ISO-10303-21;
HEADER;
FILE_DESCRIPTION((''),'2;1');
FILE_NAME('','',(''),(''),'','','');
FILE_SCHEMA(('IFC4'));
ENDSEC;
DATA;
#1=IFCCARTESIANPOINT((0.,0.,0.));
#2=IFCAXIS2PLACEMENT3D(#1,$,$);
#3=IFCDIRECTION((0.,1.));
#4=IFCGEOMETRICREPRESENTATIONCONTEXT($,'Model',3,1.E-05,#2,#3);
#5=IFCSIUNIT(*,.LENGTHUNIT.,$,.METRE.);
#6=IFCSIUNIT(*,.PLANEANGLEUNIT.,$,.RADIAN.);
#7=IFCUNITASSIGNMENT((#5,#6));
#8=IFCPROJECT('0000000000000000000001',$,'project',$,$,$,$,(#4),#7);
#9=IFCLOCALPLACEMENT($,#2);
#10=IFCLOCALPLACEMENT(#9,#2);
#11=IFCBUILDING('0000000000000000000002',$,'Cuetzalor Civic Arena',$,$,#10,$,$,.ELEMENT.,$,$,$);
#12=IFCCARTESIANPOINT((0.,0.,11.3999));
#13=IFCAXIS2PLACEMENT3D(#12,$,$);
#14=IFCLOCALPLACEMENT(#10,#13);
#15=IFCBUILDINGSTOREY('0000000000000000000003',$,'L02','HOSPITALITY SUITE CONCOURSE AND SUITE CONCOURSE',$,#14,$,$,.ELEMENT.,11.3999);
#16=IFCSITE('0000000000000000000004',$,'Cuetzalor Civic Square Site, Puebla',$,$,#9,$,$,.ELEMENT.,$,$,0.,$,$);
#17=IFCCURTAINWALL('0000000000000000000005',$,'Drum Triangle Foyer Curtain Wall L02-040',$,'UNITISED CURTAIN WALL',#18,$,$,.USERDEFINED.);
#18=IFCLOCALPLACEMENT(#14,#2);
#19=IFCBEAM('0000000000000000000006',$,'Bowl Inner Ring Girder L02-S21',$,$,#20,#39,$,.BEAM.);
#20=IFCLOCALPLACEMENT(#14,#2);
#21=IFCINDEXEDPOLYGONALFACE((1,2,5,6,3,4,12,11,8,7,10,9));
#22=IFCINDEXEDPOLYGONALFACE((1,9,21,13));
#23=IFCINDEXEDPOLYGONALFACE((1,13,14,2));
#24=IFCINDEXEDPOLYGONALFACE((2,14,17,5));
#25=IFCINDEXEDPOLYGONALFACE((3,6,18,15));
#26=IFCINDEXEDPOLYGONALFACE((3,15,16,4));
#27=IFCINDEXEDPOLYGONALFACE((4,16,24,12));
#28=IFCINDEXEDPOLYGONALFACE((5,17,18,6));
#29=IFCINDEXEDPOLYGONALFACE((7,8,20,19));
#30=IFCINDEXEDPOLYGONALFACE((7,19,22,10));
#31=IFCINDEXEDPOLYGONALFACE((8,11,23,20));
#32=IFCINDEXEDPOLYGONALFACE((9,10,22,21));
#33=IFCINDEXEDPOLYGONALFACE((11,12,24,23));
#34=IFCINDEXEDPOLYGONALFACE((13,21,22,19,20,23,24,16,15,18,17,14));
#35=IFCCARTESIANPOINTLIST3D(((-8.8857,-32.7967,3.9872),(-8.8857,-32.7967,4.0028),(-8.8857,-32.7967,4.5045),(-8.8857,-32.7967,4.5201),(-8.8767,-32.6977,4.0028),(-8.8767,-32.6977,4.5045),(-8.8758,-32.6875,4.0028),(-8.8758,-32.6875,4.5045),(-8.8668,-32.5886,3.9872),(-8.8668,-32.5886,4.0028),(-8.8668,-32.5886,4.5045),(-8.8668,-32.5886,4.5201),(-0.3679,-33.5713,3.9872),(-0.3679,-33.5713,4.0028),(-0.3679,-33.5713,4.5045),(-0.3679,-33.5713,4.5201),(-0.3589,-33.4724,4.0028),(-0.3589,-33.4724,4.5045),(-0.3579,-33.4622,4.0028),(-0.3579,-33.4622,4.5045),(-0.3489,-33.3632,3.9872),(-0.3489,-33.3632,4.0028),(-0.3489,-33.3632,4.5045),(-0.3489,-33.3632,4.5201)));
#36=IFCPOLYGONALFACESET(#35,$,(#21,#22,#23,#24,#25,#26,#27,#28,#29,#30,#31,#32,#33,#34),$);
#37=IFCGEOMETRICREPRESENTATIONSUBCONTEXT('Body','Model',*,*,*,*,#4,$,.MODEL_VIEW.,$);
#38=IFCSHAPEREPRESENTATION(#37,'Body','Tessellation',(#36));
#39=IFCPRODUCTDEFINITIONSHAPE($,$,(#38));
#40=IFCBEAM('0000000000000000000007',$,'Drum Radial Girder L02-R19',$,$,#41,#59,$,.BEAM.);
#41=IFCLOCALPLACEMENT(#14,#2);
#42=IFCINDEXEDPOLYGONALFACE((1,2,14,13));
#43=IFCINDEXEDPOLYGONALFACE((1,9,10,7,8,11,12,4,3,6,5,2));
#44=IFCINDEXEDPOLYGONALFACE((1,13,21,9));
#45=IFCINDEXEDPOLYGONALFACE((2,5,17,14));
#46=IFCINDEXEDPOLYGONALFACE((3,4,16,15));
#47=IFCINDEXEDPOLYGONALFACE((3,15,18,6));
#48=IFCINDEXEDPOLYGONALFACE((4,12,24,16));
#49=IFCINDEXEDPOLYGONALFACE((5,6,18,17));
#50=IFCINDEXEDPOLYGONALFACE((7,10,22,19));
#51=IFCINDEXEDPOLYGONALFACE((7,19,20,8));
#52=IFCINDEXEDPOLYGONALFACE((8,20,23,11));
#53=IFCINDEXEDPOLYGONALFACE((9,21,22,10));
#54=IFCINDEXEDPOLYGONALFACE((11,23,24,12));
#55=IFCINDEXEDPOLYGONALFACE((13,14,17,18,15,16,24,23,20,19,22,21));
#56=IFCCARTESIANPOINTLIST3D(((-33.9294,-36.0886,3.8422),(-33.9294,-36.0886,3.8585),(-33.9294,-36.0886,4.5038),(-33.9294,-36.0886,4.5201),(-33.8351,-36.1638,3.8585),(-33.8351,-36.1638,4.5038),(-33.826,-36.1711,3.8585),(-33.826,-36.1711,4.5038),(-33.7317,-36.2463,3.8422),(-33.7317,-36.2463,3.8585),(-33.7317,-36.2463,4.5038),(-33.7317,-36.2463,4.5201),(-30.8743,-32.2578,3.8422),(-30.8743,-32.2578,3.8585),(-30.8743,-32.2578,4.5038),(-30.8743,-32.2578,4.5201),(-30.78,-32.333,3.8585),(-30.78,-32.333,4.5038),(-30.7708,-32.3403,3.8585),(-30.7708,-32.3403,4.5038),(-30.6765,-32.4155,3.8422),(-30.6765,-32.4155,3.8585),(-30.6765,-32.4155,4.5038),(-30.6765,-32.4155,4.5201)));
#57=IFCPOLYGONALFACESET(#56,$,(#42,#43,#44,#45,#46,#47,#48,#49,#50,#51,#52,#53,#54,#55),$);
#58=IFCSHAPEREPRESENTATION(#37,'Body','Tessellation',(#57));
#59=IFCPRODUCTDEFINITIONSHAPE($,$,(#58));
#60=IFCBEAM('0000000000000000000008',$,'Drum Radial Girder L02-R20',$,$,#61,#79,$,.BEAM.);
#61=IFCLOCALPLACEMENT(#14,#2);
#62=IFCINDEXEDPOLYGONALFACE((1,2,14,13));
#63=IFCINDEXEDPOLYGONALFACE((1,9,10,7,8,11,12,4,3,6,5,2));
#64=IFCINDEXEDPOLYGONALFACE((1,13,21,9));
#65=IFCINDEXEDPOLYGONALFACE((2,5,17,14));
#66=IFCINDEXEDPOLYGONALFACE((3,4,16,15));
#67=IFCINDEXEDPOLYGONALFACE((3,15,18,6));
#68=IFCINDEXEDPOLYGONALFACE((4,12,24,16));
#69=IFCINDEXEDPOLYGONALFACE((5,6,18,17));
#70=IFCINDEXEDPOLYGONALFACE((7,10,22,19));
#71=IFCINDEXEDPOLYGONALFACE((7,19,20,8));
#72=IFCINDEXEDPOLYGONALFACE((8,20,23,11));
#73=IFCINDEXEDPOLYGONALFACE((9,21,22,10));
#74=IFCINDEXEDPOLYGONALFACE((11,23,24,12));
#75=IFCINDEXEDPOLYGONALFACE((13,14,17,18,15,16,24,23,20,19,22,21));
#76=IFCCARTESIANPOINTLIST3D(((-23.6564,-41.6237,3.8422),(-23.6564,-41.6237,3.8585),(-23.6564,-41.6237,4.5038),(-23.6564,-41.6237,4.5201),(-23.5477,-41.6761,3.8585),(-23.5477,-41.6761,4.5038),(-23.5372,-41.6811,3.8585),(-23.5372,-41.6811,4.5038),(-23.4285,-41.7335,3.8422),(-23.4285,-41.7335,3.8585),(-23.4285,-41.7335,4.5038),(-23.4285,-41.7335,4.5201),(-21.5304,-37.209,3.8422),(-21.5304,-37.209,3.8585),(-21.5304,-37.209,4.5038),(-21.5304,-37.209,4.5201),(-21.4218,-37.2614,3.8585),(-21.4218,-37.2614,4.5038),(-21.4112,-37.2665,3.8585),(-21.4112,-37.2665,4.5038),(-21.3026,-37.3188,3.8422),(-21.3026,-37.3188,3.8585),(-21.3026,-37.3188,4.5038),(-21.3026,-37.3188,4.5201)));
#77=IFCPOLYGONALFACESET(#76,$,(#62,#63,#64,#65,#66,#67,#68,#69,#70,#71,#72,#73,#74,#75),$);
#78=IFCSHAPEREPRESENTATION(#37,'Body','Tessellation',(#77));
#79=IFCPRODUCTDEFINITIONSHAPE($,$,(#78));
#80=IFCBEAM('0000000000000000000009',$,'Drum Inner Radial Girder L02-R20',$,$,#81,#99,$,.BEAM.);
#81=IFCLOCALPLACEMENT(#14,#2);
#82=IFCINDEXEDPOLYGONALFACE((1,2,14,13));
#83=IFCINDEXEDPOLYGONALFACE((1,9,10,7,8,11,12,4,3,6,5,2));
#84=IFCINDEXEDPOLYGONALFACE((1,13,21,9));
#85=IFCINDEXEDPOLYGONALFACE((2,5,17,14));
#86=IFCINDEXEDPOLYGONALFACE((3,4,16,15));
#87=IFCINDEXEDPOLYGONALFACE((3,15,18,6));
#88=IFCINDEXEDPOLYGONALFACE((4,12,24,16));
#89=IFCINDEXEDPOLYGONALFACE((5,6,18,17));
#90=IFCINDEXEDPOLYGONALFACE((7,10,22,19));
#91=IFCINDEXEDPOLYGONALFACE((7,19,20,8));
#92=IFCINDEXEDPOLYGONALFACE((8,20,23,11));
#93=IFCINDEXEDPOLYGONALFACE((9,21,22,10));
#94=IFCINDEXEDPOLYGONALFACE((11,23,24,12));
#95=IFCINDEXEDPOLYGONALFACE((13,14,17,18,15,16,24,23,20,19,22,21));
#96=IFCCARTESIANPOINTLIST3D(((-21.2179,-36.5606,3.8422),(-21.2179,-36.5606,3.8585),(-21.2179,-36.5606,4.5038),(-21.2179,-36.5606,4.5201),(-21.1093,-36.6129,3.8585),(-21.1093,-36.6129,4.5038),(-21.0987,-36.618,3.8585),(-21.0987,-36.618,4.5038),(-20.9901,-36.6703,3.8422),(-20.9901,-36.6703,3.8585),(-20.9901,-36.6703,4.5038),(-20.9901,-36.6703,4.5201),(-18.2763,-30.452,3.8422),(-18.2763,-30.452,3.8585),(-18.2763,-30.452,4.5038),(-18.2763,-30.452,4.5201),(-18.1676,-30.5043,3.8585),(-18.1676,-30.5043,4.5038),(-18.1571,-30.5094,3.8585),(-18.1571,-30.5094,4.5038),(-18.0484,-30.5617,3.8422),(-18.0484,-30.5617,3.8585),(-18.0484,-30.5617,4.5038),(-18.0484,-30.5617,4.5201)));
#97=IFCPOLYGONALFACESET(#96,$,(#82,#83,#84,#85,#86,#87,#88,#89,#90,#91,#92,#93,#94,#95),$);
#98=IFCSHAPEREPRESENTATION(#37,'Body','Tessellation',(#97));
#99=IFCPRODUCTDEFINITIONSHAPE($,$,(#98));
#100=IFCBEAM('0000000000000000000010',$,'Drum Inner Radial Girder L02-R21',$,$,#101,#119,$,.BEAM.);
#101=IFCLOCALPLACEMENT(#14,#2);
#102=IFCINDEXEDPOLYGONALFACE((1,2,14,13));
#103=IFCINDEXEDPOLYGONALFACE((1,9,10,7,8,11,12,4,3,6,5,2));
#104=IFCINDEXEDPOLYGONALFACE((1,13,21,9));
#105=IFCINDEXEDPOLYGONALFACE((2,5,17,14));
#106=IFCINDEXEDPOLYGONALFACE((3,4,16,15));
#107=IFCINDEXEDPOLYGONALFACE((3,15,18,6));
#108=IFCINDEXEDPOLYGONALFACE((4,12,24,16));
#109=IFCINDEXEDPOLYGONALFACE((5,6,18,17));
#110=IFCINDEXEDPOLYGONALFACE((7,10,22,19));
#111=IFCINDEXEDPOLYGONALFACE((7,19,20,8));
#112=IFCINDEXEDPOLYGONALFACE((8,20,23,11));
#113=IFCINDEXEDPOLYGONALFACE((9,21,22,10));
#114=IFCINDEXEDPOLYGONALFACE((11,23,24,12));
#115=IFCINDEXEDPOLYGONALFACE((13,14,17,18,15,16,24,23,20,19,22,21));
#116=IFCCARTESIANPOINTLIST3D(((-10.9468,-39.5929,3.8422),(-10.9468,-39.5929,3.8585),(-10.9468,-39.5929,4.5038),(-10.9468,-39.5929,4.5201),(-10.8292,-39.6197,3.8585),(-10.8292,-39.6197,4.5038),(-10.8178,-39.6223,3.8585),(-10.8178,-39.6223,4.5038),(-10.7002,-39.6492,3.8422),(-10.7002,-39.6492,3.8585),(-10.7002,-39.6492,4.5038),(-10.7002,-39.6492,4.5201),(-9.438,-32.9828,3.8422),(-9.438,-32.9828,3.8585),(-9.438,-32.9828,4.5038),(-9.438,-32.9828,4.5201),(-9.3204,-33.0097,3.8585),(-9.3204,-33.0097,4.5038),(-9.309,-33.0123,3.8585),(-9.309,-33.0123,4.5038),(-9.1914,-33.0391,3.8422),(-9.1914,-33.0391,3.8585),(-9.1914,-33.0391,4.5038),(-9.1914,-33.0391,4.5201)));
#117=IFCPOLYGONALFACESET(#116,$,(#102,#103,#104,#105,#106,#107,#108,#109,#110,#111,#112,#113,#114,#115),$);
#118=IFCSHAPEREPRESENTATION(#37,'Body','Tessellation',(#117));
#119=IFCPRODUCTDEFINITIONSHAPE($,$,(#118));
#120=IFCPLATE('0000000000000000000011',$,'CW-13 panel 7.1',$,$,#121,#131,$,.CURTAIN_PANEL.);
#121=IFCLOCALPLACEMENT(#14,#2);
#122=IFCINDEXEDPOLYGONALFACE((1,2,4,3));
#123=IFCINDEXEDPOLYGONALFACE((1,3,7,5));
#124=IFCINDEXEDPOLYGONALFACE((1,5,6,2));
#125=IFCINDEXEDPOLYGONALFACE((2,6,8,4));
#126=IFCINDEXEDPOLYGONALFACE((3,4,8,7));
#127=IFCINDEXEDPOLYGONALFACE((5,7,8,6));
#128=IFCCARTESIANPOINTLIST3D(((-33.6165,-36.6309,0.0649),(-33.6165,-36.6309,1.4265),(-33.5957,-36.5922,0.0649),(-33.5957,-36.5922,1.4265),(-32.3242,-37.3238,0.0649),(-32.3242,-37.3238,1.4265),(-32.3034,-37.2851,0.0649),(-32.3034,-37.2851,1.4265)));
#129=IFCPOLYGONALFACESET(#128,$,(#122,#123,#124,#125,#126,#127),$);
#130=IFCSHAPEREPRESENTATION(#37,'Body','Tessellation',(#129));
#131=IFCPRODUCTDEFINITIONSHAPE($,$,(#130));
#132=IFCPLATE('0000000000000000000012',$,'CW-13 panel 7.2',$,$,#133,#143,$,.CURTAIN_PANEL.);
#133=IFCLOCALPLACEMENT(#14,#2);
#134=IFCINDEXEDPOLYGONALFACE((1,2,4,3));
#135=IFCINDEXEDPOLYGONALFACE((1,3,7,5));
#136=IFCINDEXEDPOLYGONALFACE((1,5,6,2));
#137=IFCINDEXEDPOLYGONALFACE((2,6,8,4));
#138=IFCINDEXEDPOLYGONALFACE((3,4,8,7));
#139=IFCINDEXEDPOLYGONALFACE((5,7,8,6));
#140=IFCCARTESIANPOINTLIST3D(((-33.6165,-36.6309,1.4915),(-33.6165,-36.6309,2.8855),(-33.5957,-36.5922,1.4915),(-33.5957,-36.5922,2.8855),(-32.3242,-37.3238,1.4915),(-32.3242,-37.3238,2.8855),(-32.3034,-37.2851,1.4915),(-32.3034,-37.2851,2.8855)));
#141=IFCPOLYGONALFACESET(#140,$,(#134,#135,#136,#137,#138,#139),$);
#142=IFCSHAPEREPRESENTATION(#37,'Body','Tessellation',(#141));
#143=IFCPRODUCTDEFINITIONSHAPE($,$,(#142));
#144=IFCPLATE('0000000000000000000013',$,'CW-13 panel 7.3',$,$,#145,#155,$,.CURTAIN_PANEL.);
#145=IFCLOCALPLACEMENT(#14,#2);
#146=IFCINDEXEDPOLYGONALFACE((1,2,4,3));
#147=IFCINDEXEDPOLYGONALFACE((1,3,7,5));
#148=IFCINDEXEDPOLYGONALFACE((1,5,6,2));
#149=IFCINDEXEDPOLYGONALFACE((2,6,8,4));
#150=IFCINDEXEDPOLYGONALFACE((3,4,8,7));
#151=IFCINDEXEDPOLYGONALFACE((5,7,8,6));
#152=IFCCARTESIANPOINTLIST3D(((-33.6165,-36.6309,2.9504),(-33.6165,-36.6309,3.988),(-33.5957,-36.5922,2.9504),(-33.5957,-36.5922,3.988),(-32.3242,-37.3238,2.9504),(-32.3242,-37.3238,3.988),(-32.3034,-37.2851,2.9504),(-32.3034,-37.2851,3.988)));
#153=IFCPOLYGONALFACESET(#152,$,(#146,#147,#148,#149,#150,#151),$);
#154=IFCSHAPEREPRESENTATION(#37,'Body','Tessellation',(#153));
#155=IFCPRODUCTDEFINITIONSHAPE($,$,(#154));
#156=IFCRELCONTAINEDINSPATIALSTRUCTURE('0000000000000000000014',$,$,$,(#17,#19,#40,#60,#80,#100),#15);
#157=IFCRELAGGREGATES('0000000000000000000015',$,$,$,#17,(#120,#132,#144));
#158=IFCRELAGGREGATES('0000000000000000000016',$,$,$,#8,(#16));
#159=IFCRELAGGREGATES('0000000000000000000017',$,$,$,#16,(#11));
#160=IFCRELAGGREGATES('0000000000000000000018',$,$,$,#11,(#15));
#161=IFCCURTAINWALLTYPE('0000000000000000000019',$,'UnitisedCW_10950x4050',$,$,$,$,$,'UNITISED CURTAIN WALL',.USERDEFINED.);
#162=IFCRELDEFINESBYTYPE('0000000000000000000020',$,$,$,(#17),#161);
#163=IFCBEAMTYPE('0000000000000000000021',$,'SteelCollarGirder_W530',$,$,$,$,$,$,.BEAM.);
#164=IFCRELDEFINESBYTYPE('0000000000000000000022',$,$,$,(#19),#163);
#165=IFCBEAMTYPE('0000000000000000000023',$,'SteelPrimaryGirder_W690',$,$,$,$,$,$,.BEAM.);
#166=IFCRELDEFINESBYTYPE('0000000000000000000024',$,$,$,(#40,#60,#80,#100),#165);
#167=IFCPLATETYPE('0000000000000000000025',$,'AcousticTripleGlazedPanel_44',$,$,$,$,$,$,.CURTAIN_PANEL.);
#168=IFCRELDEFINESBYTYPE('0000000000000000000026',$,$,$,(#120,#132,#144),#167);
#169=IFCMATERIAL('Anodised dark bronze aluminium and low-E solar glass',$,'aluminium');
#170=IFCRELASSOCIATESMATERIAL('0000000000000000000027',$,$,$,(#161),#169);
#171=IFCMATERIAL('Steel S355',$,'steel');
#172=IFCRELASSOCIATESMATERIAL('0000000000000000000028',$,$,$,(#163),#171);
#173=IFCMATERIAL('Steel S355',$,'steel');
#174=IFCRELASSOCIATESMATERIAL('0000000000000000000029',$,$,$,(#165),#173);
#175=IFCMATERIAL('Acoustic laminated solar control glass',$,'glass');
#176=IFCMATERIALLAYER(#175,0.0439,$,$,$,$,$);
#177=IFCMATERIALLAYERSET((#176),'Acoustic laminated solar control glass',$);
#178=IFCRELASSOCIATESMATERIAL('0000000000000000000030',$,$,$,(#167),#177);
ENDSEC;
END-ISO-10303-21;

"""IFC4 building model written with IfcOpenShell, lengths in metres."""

from ifc_helpers import new_model, si_unit, direction, frame, origin, origin_2d, place, context, subcontext, project, spatial, rectangle, i_section, extrude, material, layer, layer_set, material_profile, profile_set, type_object, element, aggregate, save


model = new_model("IFC4")

# Units and contexts
model_context = context("Model", 3, precision=1e-05, world=origin(), true_north=direction((0.0, 1.0)))
body_context = subcontext(model_context, "Body", "Model", "MODEL_VIEW")
ifc_project = project(units=[si_unit("LENGTHUNIT", "METRE"), si_unit("PLANEANGLEUNIT", "RADIAN")], contexts=[model_context])

# Site, building, storey
site_placement = place(None, origin())
site = spatial("IfcSite", under=ifc_project, at=site_placement, Name="Cuetzalor Civic Square Site, Puebla", CompositionType="ELEMENT", RefElevation=0.0)
building_placement = place(site_placement, origin())
building = spatial("IfcBuilding", under=site, at=building_placement, Name="Cuetzalor Civic Arena", CompositionType="ELEMENT")
storey_placement = place(building_placement, frame((0.0, 0.0, 11.3999)))
storey = spatial("IfcBuildingStorey", under=building, at=storey_placement, Name="L02", Description="HOSPITALITY SUITE CONCOURSE AND SUITE CONCOURSE", CompositionType="ELEMENT", Elevation=11.3999)

# Curtain wall
ifc_material_1 = material(Name="Anodised dark bronze aluminium and low-E solar glass", Category="aluminium")
curtain_wall_type = type_object("IfcCurtainWallType", Name="UnitisedCW_10950x4050", ElementType="UNITISED CURTAIN WALL", PredefinedType="USERDEFINED", material=ifc_material_1)
curtain_wall_placement = place(storey_placement, origin())
curtain_wall = element("IfcCurtainWall", 1, at=curtain_wall_placement, inside=storey, type_object=curtain_wall_type, Name="Drum Triangle Foyer Curtain Wall L02-040", ObjectType="UNITISED CURTAIN WALL", PredefinedType="USERDEFINED")

# Beams
ifc_material_2 = material(Name="Steel S355", Category="steel")
ifc_material_profile_1 = material_profile(ifc_material_2, i_section(OverallWidth=0.209, OverallDepth=0.533, WebThickness=0.0103, FlangeThickness=0.0156, at=origin_2d()), Name="W530x92")
ifc_profile_set_1 = profile_set([ifc_material_profile_1], Name="Steel S355")
beam_type_1 = type_object("IfcBeamType", Name="SteelCollarGirder_W530", PredefinedType="BEAM", material=ifc_profile_set_1)
beam_1_placement = place(storey_placement, frame((-8.8762, -32.6926, 4.2537), z_axis=(0.99589, -0.090572, 0.0), x_axis=(0.090572, 0.99589, 0.0)))
element("IfcBeam", 2, at=beam_1_placement, inside=storey, type_object=beam_type_1, Name="Bowl Inner Ring Girder L02-S21", PredefinedType="BEAM", context=body_context, shape_type="SweptSolid", body=[
    extrude(i_section(OverallWidth=0.209, OverallDepth=0.533, WebThickness=0.0103, FlangeThickness=0.0156, at=origin_2d()), origin(), (0.0, 0.0, 1.0), 8.553),
])
ifc_material_3 = material(Name="Steel S355", Category="steel")
ifc_material_profile_2 = material_profile(ifc_material_3, i_section(OverallWidth=0.2529, OverallDepth=0.678, WebThickness=0.0117, FlangeThickness=0.0164, at=origin_2d()), Name="W690x125")
ifc_profile_set_2 = profile_set([ifc_material_profile_2], Name="Steel S355")
beam_type_2 = type_object("IfcBeamType", Name="SteelPrimaryGirder_W690", PredefinedType="BEAM", material=ifc_profile_set_2)
for number, where, z_axis, x_axis, name in (
    (3, (-30.7754, -32.3367, 4.1812), (-0.623516, -0.781811, 0.0), (0.781811, -0.623516, 0.0), "Drum Radial Girder L02-R19"),
    (4, (-21.4165, -37.2639, 4.1812), (-0.433871, -0.900975, 0.0), (0.900975, -0.433871, 0.0), "Drum Radial Girder L02-R20"),
):
    element("IfcBeam", number, at=place(storey_placement, frame(where, z_axis=z_axis, x_axis=x_axis)), inside=storey, type_object=beam_type_2, Name=name, PredefinedType="BEAM", context=body_context, shape_type="SweptSolid", body=[
        extrude(i_section(OverallWidth=0.2529, OverallDepth=0.678, WebThickness=0.0117, FlangeThickness=0.0164, at=origin_2d()), origin(), (0.0, 0.0, 1.0), 4.8999),
    ])
for number, where, z_axis, x_axis, name in (
    (5, (-18.1624, -30.5068, 4.1812), (-0.43387, -0.900976, 0.0), (0.900976, -0.43387, 0.0), "Drum Inner Radial Girder L02-R20"),
    (6, (-9.3147, -33.011, 4.1812), (-0.222531, -0.974926, 0.0), (0.974926, -0.222531, 0.0), "Drum Inner Radial Girder L02-R21"),
):
    element("IfcBeam", number, at=place(storey_placement, frame(where, z_axis=z_axis, x_axis=x_axis)), inside=storey, type_object=beam_type_2, Name=name, PredefinedType="BEAM", context=body_context, shape_type="SweptSolid", body=[
        extrude(i_section(OverallWidth=0.2529, OverallDepth=0.678, WebThickness=0.0117, FlangeThickness=0.0164, at=origin_2d()), origin(), (0.0, 0.0, 1.0), 6.78),
    ])

# Plates
ifc_material_4 = material(Name="Acoustic laminated solar control glass", Category="glass")
ifc_layer = layer(ifc_material_4, 0.0439)
ifc_layer_set = layer_set([ifc_layer], Name="Acoustic laminated solar control glass")
plate_type = type_object("IfcPlateType", Name="AcousticTripleGlazedPanel_44", PredefinedType="CURTAIN_PANEL", material=ifc_layer_set)
plate_1_placement = place(storey_placement, frame((-32.96, -36.958, 0.0649), z_axis=(0.0, 0.0, 1.0), x_axis=(-0.881306, 0.472545, 0.0)))
plate_1 = element("IfcPlate", 7, at=plate_1_placement, type_object=plate_type, Name="CW-13 panel 7.1", PredefinedType="CURTAIN_PANEL", context=body_context, shape_type="SweptSolid", body=[
    extrude(rectangle(XDim=1.4663, YDim=0.0439, at=origin_2d()), origin(), (0.0, 0.0, 1.0), 1.3616),
])
plate_2_placement = place(storey_placement, frame((-32.96, -36.958, 1.4915), z_axis=(0.0, 0.0, 1.0), x_axis=(-0.881306, 0.472545, 0.0)))
plate_2 = element("IfcPlate", 8, at=plate_2_placement, type_object=plate_type, Name="CW-13 panel 7.2", PredefinedType="CURTAIN_PANEL", context=body_context, shape_type="SweptSolid", body=[
    extrude(rectangle(XDim=1.4663, YDim=0.0439, at=origin_2d()), origin(), (0.0, 0.0, 1.0), 1.394),
])
plate_3_placement = place(storey_placement, frame((-32.96, -36.958, 2.9504), z_axis=(0.0, 0.0, 1.0), x_axis=(-0.881306, 0.472545, 0.0)))
plate_3 = element("IfcPlate", 9, at=plate_3_placement, type_object=plate_type, Name="CW-13 panel 7.3", PredefinedType="CURTAIN_PANEL", context=body_context, shape_type="SweptSolid", body=[
    extrude(rectangle(XDim=1.4663, YDim=0.0439, at=origin_2d()), origin(), (0.0, 0.0, 1.0), 1.0376),
])
aggregate(curtain_wall, [plate_1, plate_2, plate_3])

save(model, "model.ifc")
